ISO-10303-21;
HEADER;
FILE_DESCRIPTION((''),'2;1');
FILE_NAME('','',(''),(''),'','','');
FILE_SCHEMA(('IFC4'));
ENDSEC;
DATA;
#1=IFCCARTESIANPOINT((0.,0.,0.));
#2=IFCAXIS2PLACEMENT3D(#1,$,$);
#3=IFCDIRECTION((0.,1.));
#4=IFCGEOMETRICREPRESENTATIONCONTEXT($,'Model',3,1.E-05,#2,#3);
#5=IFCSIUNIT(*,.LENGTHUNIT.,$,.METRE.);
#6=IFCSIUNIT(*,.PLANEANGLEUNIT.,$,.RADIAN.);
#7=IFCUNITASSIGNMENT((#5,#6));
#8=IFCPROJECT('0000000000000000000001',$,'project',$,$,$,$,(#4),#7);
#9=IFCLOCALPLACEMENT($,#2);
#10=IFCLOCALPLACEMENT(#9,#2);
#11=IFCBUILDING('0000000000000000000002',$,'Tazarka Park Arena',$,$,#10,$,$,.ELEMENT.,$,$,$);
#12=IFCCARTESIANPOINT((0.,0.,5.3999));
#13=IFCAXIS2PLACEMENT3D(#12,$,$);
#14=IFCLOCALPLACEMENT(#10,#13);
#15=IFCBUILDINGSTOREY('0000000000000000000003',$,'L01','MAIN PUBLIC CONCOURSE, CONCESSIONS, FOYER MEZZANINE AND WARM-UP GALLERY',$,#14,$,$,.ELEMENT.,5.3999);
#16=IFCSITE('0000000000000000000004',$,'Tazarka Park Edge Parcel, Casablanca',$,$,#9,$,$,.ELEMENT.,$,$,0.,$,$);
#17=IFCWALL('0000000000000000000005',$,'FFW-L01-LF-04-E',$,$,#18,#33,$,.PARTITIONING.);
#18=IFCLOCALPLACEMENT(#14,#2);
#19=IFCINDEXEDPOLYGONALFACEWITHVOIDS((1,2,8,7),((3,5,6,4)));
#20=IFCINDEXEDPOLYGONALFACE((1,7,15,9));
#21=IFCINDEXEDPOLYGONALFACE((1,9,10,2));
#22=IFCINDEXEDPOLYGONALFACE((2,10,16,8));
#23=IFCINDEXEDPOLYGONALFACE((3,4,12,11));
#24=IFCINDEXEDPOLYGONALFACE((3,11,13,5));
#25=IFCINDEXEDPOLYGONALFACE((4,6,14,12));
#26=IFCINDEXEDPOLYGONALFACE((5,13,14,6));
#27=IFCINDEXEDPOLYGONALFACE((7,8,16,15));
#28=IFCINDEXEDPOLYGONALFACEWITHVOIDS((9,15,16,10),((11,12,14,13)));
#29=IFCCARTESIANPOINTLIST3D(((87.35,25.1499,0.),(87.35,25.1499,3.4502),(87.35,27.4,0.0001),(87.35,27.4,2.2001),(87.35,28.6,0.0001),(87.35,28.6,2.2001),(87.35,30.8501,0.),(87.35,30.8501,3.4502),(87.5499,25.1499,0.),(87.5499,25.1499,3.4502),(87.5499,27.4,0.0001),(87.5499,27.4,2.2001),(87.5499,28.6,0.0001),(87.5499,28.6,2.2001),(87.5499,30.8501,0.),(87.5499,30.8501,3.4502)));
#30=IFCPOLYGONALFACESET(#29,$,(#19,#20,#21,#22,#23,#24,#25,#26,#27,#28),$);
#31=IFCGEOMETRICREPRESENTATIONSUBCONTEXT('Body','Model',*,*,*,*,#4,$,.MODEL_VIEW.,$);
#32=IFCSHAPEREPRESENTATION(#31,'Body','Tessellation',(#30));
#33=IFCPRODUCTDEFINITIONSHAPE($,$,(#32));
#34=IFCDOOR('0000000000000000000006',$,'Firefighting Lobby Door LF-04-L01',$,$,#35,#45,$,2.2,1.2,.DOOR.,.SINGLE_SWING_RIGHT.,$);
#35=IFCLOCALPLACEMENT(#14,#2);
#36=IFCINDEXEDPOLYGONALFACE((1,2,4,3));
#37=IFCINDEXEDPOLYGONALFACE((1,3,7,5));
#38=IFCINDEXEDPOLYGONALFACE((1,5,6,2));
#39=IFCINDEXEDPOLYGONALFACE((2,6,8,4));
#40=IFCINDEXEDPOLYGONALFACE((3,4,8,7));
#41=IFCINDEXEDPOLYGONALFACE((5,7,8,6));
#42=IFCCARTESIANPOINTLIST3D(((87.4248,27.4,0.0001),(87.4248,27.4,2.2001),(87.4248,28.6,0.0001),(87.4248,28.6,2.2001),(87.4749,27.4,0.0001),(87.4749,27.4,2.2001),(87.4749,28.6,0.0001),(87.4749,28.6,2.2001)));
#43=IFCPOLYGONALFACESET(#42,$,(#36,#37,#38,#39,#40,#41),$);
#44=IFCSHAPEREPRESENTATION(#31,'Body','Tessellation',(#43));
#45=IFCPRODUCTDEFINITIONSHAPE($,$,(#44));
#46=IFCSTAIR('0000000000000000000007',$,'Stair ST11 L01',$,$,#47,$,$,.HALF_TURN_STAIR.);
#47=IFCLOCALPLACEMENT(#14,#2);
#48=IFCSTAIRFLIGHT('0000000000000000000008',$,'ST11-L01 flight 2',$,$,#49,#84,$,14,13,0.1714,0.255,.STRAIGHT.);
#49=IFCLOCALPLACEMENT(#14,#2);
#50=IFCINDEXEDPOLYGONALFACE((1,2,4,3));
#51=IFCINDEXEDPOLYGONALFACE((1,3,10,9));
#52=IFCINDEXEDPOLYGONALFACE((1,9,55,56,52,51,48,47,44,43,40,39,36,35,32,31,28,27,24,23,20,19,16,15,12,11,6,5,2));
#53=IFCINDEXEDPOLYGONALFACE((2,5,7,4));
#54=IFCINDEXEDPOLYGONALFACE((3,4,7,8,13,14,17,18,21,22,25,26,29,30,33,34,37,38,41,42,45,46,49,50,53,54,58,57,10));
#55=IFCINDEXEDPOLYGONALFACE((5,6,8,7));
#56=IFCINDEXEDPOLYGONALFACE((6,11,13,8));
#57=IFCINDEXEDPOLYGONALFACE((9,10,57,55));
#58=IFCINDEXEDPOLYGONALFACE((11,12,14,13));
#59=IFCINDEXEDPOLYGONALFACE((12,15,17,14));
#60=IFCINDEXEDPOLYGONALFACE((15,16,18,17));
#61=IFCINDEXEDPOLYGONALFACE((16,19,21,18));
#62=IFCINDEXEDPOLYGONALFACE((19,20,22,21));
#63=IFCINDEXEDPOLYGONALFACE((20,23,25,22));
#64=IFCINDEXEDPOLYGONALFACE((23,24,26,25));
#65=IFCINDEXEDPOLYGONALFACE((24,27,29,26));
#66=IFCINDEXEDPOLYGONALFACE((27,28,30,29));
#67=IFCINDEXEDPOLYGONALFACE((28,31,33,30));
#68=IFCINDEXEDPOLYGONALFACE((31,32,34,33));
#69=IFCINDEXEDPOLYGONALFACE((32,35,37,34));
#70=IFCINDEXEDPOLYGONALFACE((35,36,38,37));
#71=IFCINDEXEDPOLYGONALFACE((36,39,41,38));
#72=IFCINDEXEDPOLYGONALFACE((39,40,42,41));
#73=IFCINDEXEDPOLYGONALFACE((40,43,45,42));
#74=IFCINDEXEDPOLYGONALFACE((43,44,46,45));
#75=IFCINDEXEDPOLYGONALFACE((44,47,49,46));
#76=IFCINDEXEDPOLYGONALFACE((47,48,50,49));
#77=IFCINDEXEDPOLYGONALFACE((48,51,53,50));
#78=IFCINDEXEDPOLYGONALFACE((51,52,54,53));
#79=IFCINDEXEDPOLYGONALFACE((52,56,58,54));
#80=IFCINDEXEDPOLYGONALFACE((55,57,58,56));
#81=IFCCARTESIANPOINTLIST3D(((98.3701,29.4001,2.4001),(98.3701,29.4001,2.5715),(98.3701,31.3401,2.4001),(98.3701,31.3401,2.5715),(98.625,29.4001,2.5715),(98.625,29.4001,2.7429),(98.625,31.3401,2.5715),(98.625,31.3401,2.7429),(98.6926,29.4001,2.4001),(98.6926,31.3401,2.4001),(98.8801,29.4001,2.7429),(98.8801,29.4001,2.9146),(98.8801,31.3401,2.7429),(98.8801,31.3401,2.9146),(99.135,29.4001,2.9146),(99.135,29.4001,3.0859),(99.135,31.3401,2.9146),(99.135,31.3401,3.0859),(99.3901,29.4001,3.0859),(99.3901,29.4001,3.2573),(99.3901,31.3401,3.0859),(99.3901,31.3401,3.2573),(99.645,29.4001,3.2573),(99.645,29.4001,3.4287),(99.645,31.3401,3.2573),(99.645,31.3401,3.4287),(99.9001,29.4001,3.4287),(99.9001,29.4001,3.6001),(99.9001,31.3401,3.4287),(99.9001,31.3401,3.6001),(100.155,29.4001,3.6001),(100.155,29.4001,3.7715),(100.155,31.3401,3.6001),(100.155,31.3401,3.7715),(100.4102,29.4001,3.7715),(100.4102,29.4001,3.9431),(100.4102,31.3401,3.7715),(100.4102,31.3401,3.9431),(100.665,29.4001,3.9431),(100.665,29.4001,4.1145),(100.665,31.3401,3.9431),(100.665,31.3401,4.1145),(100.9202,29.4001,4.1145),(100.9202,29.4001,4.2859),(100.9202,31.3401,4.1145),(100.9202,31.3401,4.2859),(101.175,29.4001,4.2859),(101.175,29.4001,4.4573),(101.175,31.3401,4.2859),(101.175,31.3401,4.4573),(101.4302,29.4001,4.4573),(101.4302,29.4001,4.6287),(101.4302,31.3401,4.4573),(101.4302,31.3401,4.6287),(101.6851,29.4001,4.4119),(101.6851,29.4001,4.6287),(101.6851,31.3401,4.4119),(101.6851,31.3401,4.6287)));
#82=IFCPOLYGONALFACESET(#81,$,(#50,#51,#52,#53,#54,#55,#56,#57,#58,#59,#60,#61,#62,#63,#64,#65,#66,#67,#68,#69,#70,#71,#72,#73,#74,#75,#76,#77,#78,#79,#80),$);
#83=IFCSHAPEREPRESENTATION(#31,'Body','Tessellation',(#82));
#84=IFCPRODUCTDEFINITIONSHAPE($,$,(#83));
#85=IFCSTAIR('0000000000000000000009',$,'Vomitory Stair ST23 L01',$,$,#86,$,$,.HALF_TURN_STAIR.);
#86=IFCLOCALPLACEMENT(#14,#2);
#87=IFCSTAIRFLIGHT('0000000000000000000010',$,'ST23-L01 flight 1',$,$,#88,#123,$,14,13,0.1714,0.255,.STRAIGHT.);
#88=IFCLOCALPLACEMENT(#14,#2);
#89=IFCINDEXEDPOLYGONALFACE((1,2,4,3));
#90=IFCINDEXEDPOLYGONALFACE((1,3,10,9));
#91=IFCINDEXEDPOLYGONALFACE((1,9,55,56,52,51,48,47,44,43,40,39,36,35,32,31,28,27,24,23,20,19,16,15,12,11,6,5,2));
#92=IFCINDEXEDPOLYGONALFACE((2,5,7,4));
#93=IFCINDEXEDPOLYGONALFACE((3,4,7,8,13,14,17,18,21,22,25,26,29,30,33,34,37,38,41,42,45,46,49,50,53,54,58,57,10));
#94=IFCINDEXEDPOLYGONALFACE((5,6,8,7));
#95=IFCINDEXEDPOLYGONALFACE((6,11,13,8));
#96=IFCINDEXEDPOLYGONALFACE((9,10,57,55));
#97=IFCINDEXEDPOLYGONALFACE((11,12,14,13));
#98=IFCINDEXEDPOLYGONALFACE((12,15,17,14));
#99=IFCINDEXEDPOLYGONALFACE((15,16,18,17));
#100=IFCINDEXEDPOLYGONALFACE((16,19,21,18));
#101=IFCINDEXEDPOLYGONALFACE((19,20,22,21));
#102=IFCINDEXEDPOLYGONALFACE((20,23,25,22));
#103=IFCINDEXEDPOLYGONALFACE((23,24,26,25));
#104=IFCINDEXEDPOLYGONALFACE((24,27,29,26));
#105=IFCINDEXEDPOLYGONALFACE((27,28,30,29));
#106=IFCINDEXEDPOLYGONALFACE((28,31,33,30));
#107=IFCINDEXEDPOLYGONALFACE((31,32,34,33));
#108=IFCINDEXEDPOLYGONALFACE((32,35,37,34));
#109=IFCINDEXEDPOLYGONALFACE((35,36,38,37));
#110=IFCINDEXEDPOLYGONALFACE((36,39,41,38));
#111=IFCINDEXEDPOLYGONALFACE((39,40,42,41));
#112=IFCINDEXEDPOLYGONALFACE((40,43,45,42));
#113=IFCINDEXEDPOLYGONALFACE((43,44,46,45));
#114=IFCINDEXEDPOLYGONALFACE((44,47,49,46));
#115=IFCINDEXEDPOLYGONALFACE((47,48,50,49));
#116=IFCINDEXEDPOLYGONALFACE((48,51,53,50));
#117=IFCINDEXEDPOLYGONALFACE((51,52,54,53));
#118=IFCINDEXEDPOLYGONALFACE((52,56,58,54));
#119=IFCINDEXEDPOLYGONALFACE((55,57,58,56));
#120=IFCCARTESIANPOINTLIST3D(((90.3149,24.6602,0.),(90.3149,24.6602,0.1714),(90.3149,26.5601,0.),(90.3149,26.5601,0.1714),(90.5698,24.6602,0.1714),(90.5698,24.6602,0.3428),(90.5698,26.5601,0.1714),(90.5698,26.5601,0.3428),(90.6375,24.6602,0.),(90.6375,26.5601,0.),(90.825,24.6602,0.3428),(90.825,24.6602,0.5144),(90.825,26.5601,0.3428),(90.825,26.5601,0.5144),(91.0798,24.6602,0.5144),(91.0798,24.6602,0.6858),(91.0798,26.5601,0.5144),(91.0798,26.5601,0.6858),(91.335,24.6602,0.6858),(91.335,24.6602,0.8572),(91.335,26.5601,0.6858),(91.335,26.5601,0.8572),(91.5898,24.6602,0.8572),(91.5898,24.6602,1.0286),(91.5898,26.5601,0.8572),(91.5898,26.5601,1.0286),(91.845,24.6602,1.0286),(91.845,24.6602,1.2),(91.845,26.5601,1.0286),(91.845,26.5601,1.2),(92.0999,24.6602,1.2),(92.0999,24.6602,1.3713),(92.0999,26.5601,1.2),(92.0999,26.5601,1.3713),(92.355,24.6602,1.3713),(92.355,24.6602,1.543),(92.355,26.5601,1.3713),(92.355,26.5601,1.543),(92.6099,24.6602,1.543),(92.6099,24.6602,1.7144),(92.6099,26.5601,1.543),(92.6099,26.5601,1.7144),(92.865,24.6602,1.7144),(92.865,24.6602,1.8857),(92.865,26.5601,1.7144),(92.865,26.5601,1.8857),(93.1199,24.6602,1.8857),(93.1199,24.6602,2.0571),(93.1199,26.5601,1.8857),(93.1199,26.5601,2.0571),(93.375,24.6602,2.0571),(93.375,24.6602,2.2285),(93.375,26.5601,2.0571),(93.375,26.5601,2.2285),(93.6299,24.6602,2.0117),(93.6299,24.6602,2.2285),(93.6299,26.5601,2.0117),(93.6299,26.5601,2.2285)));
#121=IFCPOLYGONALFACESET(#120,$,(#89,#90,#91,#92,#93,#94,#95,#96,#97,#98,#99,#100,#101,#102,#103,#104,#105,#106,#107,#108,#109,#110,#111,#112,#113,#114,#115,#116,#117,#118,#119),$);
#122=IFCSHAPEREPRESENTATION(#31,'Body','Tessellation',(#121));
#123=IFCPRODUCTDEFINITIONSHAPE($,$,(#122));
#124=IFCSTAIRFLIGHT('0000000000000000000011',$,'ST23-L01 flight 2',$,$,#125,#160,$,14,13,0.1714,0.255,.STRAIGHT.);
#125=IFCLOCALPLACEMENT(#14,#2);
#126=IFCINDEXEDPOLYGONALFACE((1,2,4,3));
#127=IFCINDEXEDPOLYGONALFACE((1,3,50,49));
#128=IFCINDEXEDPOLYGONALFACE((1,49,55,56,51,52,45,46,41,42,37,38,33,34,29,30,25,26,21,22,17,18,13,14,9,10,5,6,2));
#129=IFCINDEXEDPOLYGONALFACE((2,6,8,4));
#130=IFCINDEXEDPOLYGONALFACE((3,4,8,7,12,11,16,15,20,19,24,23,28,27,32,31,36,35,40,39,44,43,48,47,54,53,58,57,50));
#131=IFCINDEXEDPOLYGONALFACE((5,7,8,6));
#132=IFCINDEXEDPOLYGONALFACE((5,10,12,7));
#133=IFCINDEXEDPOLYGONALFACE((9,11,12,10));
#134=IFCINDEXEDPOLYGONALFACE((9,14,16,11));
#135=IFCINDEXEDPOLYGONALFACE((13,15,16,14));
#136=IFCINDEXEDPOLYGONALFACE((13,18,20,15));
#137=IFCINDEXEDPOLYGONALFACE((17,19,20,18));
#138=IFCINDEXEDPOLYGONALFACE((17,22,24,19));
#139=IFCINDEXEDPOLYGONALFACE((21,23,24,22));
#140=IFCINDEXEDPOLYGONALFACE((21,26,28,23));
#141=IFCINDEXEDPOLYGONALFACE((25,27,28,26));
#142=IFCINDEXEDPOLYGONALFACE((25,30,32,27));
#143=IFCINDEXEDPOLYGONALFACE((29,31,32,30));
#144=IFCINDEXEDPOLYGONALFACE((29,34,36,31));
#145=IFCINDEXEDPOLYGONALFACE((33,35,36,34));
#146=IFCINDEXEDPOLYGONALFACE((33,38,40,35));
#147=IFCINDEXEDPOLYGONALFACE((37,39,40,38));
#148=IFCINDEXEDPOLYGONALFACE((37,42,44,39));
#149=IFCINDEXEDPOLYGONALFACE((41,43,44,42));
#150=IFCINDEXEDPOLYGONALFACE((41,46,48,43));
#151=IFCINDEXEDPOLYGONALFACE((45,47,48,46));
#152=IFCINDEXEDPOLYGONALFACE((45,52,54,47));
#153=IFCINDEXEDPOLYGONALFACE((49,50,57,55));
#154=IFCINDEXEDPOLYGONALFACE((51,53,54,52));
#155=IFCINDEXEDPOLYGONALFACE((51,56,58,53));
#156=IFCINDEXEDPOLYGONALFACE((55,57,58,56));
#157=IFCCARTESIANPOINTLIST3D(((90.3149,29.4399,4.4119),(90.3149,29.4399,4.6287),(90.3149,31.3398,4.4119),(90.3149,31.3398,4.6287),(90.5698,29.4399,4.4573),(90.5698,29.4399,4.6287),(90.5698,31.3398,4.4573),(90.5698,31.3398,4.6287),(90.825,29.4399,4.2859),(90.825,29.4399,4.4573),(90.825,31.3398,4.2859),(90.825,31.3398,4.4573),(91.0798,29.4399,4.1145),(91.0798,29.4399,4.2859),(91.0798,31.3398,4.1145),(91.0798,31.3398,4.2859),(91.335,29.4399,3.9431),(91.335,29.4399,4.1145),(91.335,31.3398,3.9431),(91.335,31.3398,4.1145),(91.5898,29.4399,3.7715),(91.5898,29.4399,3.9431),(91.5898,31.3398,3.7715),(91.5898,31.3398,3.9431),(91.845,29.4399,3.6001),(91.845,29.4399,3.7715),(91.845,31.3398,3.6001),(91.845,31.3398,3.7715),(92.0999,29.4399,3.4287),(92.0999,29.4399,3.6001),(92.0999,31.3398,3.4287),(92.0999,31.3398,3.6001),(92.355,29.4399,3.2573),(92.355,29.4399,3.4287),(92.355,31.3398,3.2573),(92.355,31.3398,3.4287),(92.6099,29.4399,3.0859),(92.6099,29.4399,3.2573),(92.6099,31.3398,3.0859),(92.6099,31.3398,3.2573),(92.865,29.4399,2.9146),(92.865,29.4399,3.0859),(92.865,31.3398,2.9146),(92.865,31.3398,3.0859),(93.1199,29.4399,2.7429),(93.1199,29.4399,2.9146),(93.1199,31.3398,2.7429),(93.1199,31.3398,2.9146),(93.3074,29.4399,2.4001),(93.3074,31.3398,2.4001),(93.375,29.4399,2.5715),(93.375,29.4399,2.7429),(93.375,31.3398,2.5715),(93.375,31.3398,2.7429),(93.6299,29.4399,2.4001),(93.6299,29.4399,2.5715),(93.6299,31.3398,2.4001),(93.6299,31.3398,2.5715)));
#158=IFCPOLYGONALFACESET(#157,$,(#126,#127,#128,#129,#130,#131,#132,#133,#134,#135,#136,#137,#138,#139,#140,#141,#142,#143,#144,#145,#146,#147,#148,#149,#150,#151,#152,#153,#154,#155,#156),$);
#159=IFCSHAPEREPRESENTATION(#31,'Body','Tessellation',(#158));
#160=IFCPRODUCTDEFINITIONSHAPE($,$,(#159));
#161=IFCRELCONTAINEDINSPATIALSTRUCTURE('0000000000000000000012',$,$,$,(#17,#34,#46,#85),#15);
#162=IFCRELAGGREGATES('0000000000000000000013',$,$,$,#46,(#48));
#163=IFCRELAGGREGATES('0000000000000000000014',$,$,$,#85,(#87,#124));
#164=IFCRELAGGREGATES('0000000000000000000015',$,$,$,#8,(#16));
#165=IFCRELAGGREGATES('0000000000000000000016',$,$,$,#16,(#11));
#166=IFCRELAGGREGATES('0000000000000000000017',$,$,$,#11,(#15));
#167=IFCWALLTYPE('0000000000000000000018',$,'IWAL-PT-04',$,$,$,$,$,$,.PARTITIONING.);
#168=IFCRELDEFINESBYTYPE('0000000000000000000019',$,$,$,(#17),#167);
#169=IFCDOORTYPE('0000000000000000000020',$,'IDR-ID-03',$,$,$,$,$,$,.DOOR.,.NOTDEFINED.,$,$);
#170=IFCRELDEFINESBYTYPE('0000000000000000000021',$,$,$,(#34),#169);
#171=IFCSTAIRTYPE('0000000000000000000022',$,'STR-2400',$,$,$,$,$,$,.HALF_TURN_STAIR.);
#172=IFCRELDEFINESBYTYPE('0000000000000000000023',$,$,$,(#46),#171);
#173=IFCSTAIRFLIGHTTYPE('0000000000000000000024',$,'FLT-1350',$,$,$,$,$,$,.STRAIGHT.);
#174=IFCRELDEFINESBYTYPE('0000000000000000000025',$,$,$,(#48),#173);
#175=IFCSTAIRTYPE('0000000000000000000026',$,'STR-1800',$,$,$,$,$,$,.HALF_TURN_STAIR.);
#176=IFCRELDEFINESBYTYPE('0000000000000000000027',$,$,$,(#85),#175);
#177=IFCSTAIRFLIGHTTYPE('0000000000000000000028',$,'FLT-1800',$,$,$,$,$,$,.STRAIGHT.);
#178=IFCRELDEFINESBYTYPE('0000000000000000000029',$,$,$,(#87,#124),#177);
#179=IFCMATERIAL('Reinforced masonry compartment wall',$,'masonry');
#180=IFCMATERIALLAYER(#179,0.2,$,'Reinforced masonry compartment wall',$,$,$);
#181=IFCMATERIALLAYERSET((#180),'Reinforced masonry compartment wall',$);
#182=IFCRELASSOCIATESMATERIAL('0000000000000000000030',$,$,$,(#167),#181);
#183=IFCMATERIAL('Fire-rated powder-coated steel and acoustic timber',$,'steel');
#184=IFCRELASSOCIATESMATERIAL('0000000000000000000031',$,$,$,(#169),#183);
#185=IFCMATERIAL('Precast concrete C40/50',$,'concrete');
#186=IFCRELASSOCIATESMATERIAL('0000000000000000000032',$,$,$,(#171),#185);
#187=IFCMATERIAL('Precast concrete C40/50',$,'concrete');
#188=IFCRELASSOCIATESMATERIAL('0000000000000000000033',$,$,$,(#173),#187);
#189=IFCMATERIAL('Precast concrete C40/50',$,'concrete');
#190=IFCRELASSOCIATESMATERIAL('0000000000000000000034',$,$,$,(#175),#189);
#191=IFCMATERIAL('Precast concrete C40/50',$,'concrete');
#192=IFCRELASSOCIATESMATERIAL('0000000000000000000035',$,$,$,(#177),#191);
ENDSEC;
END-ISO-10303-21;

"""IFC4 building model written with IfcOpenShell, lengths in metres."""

from ifc_helpers import new_model, si_unit, direction, frame, frame_2d, origin, place, context, subcontext, project, spatial, polyline, rectangle, outline, extrude, material, layer, layer_set, type_object, element, fill, aggregate, save


model = new_model("IFC4")

# Units and contexts
model_context = context("Model", 3, precision=1e-05, world=origin(), true_north=direction((0.0, 1.0)))
body_context = subcontext(model_context, "Body", "Model", "MODEL_VIEW")
ifc_project = project(units=[si_unit("LENGTHUNIT", "METRE"), si_unit("PLANEANGLEUNIT", "RADIAN")], contexts=[model_context])

# Site, building, storey
site_placement = place(None, origin())
site = spatial("IfcSite", under=ifc_project, at=site_placement, Name="Tazarka Park Edge Parcel, Casablanca", CompositionType="ELEMENT", RefElevation=0.0)
building_placement = place(site_placement, origin())
building = spatial("IfcBuilding", under=site, at=building_placement, Name="Tazarka Park Arena", CompositionType="ELEMENT")
storey_placement = place(building_placement, frame((0.0, 0.0, 5.3999)))
storey = spatial("IfcBuildingStorey", under=building, at=storey_placement, Name="L01", Description="MAIN PUBLIC CONCOURSE, CONCESSIONS, FOYER MEZZANINE AND WARM-UP GALLERY", CompositionType="ELEMENT", Elevation=5.3999)

# Shared definitions
ifc_material_1 = material(Name="Reinforced masonry compartment wall", Category="masonry")
ifc_layer_1 = layer(ifc_material_1, 0.2, Name="Reinforced masonry compartment wall")
ifc_layer_set_1 = layer_set([ifc_layer_1], Name="Reinforced masonry compartment wall")
wall_type_1 = type_object("IfcWallType", Name="IWAL-PT-04", PredefinedType="PARTITIONING", material=ifc_layer_set_1)

# Wall, opening, door
wall_1_placement = place(storey_placement, frame((87.45, 30.8501, 0.0), z_axis=(0.0, 0.0, 1.0), x_axis=(0.0, -1.0, 0.0)))
wall_1 = element("IfcWall", 1, at=wall_1_placement, inside=storey, type_object=wall_type_1, Name="FFW-L01-LF-04-E", PredefinedType="PARTITIONING", context=body_context, shape_type="SweptSolid", body=[
    extrude(rectangle(XDim=5.7002, YDim=0.2, at=frame_2d((2.8501, 0.0))), origin(), (0.0, 0.0, 1.0), 3.4502),
])
opening_1_placement = place(wall_1_placement, frame((2.25, 0.0, 0.0)))
opening_1 = element("IfcOpeningElement", 2, at=opening_1_placement, cuts=wall_1, PredefinedType="OPENING", context=body_context, shape_type="SweptSolid", body=[
    extrude(rectangle(XDim=1.2, YDim=2.2, at=frame_2d((0.6001, 1.1001))), frame((0.0, 0.1099, 0.0), z_axis=(0.0, -1.0, 0.0), x_axis=(1.0, 0.0, 0.0)), (0.0, 0.0, 1.0), 0.22),
])
ifc_material_2 = material(Name="Fire-rated powder-coated steel and acoustic timber", Category="steel")
door_type_1 = type_object("IfcDoorType", Name="IDR-ID-03", OperationType="NOTDEFINED", PredefinedType="DOOR", material=ifc_material_2)
door_1_placement = place(opening_1_placement, origin())
door_1 = element("IfcDoor", 3, at=door_1_placement, inside=storey, type_object=door_type_1, Name="Firefighting Lobby Door LF-04-L01", OperationType="SINGLE_SWING_RIGHT", OverallHeight=2.2, OverallWidth=1.2, PredefinedType="DOOR", context=body_context, shape_type="SweptSolid", body=[
    extrude(rectangle(XDim=1.2, YDim=2.2, at=frame_2d((0.6001, 1.1001))), frame((0.0, 0.0249, 0.0), z_axis=(0.0, -1.0, 0.0), x_axis=(1.0, 0.0, 0.0)), (0.0, 0.0, 1.0), 0.05),
])
fill(opening_1, door_1)

# Stair, stair flight
ifc_material_3 = material(Name="Precast concrete C40/50", Category="concrete")
stair_type_1 = type_object("IfcStairType", Name="STR-2400", PredefinedType="HALF_TURN_STAIR", material=ifc_material_3)
stair_1_placement = place(storey_placement, origin())
stair_1 = element("IfcStair", 4, at=stair_1_placement, inside=storey, type_object=stair_type_1, Name="Stair ST11 L01", PredefinedType="HALF_TURN_STAIR")
ifc_material_4 = material(Name="Precast concrete C40/50", Category="concrete")
stair_flight_type_1 = type_object("IfcStairFlightType", Name="FLT-1350", PredefinedType="STRAIGHT", material=ifc_material_4)
stair_flight_1_placement = place(storey_placement, frame((98.3701, 30.3701, 2.4001), z_axis=(0.0, 0.0, 1.0), x_axis=(1.0, 0.0, 0.0)))
stair_flight_1 = element("IfcStairFlight", 5, at=stair_flight_1_placement, type_object=stair_flight_type_1, Name="ST11-L01 flight 2", NumberOfRisers=14, NumberOfTreads=13, PredefinedType="STRAIGHT", RiserHeight=0.1714, TreadLength=0.255, context=body_context, shape_type="SweptSolid", body=[
    extrude(outline(polyline([(0.0, 0.0), (0.0, 0.1714), (0.2549, 0.1714), (0.2549, 0.3428), (0.51, 0.3428), (0.51, 0.5144), (0.7649, 0.5144), (0.7649, 0.6858), (1.02, 0.6858), (1.02, 0.8572), (1.2749, 0.8572), (1.2749, 1.0286), (1.53, 1.0286), (1.53, 1.2), (1.7849, 1.2), (1.7849, 1.3713), (2.04, 1.3713), (2.04, 1.543), (2.2949, 1.543), (2.2949, 1.7144), (2.55, 1.7144), (2.55, 1.8857), (2.8049, 1.8857), (2.8049, 2.0571), (3.0601, 2.0571), (3.0601, 2.2285), (3.3149, 2.2285), (3.3149, 2.3999), (3.3149, 2.0117), (0.3225, 0.0), (0.0, 0.0)])), frame((0.0, 0.97, 0.0), z_axis=(0.0, -1.0, 0.0), x_axis=(1.0, 0.0, 0.0)), (0.0, 0.0, 1.0), 1.9399),
])
aggregate(stair_1, [stair_flight_1])

# Stair, stair flights
ifc_material_5 = material(Name="Precast concrete C40/50", Category="concrete")
stair_type_2 = type_object("IfcStairType", Name="STR-1800", PredefinedType="HALF_TURN_STAIR", material=ifc_material_5)
stair_2_placement = place(storey_placement, origin())
stair_2 = element("IfcStair", 6, at=stair_2_placement, inside=storey, type_object=stair_type_2, Name="Vomitory Stair ST23 L01", PredefinedType="HALF_TURN_STAIR")
ifc_material_6 = material(Name="Precast concrete C40/50", Category="concrete")
stair_flight_type_2 = type_object("IfcStairFlightType", Name="FLT-1800", PredefinedType="STRAIGHT", material=ifc_material_6)
stair_flight_2_placement = place(storey_placement, frame((90.3149, 25.6101, 0.0), z_axis=(0.0, 0.0, 1.0), x_axis=(1.0, 0.0, 0.0)))
stair_flight_2 = element("IfcStairFlight", 7, at=stair_flight_2_placement, type_object=stair_flight_type_2, Name="ST23-L01 flight 1", NumberOfRisers=14, NumberOfTreads=13, PredefinedType="STRAIGHT", RiserHeight=0.1714, TreadLength=0.255, context=body_context, shape_type="SweptSolid", body=[
    extrude(outline(polyline([(0.0, 0.0), (0.0, 0.1714), (0.2549, 0.1714), (0.2549, 0.3428), (0.51, 0.3428), (0.51, 0.5144), (0.7649, 0.5144), (0.7649, 0.6858), (1.02, 0.6858), (1.02, 0.8572), (1.2749, 0.8572), (1.2749, 1.0286), (1.53, 1.0286), (1.53, 1.2), (1.7849, 1.2), (1.7849, 1.3713), (2.04, 1.3713), (2.04, 1.543), (2.2949, 1.543), (2.2949, 1.7144), (2.55, 1.7144), (2.55, 1.8857), (2.8049, 1.8857), (2.8049, 2.0571), (3.0601, 2.0571), (3.0601, 2.2285), (3.3149, 2.2285), (3.3149, 2.3999), (3.3149, 2.0117), (0.3225, 0.0), (0.0, 0.0)])), frame((0.0, 0.95, 0.0), z_axis=(0.0, -1.0, 0.0), x_axis=(1.0, 0.0, 0.0)), (0.0, 0.0, 1.0), 1.8999),
])
stair_flight_3_placement = place(storey_placement, frame((93.6299, 30.3899, 2.4001), z_axis=(0.0, 0.0, 1.0), x_axis=(-1.0, 0.0, 0.0)))
stair_flight_3 = element("IfcStairFlight", 8, at=stair_flight_3_placement, type_object=stair_flight_type_2, Name="ST23-L01 flight 2", NumberOfRisers=14, NumberOfTreads=13, PredefinedType="STRAIGHT", RiserHeight=0.1714, TreadLength=0.255, context=body_context, shape_type="SweptSolid", body=[
    extrude(outline(polyline([(0.0, 0.0), (0.0, 0.1714), (0.2549, 0.1714), (0.2549, 0.3428), (0.51, 0.3428), (0.51, 0.5144), (0.7649, 0.5144), (0.7649, 0.6858), (1.02, 0.6858), (1.02, 0.8572), (1.2749, 0.8572), (1.2749, 1.0286), (1.53, 1.0286), (1.53, 1.2), (1.7849, 1.2), (1.7849, 1.3713), (2.04, 1.3713), (2.04, 1.543), (2.2949, 1.543), (2.2949, 1.7144), (2.55, 1.7144), (2.55, 1.8857), (2.8049, 1.8857), (2.8049, 2.0571), (3.0601, 2.0571), (3.0601, 2.2285), (3.3149, 2.2285), (3.3149, 2.3999), (3.3149, 2.0117), (0.3225, 0.0), (0.0, 0.0)])), frame((0.0, 0.95, 0.0), z_axis=(0.0, -1.0, 0.0), x_axis=(1.0, 0.0, 0.0)), (0.0, 0.0, 1.0), 1.8999),
])
aggregate(stair_2, [stair_flight_2, stair_flight_3])

save(model, "model.ifc")
